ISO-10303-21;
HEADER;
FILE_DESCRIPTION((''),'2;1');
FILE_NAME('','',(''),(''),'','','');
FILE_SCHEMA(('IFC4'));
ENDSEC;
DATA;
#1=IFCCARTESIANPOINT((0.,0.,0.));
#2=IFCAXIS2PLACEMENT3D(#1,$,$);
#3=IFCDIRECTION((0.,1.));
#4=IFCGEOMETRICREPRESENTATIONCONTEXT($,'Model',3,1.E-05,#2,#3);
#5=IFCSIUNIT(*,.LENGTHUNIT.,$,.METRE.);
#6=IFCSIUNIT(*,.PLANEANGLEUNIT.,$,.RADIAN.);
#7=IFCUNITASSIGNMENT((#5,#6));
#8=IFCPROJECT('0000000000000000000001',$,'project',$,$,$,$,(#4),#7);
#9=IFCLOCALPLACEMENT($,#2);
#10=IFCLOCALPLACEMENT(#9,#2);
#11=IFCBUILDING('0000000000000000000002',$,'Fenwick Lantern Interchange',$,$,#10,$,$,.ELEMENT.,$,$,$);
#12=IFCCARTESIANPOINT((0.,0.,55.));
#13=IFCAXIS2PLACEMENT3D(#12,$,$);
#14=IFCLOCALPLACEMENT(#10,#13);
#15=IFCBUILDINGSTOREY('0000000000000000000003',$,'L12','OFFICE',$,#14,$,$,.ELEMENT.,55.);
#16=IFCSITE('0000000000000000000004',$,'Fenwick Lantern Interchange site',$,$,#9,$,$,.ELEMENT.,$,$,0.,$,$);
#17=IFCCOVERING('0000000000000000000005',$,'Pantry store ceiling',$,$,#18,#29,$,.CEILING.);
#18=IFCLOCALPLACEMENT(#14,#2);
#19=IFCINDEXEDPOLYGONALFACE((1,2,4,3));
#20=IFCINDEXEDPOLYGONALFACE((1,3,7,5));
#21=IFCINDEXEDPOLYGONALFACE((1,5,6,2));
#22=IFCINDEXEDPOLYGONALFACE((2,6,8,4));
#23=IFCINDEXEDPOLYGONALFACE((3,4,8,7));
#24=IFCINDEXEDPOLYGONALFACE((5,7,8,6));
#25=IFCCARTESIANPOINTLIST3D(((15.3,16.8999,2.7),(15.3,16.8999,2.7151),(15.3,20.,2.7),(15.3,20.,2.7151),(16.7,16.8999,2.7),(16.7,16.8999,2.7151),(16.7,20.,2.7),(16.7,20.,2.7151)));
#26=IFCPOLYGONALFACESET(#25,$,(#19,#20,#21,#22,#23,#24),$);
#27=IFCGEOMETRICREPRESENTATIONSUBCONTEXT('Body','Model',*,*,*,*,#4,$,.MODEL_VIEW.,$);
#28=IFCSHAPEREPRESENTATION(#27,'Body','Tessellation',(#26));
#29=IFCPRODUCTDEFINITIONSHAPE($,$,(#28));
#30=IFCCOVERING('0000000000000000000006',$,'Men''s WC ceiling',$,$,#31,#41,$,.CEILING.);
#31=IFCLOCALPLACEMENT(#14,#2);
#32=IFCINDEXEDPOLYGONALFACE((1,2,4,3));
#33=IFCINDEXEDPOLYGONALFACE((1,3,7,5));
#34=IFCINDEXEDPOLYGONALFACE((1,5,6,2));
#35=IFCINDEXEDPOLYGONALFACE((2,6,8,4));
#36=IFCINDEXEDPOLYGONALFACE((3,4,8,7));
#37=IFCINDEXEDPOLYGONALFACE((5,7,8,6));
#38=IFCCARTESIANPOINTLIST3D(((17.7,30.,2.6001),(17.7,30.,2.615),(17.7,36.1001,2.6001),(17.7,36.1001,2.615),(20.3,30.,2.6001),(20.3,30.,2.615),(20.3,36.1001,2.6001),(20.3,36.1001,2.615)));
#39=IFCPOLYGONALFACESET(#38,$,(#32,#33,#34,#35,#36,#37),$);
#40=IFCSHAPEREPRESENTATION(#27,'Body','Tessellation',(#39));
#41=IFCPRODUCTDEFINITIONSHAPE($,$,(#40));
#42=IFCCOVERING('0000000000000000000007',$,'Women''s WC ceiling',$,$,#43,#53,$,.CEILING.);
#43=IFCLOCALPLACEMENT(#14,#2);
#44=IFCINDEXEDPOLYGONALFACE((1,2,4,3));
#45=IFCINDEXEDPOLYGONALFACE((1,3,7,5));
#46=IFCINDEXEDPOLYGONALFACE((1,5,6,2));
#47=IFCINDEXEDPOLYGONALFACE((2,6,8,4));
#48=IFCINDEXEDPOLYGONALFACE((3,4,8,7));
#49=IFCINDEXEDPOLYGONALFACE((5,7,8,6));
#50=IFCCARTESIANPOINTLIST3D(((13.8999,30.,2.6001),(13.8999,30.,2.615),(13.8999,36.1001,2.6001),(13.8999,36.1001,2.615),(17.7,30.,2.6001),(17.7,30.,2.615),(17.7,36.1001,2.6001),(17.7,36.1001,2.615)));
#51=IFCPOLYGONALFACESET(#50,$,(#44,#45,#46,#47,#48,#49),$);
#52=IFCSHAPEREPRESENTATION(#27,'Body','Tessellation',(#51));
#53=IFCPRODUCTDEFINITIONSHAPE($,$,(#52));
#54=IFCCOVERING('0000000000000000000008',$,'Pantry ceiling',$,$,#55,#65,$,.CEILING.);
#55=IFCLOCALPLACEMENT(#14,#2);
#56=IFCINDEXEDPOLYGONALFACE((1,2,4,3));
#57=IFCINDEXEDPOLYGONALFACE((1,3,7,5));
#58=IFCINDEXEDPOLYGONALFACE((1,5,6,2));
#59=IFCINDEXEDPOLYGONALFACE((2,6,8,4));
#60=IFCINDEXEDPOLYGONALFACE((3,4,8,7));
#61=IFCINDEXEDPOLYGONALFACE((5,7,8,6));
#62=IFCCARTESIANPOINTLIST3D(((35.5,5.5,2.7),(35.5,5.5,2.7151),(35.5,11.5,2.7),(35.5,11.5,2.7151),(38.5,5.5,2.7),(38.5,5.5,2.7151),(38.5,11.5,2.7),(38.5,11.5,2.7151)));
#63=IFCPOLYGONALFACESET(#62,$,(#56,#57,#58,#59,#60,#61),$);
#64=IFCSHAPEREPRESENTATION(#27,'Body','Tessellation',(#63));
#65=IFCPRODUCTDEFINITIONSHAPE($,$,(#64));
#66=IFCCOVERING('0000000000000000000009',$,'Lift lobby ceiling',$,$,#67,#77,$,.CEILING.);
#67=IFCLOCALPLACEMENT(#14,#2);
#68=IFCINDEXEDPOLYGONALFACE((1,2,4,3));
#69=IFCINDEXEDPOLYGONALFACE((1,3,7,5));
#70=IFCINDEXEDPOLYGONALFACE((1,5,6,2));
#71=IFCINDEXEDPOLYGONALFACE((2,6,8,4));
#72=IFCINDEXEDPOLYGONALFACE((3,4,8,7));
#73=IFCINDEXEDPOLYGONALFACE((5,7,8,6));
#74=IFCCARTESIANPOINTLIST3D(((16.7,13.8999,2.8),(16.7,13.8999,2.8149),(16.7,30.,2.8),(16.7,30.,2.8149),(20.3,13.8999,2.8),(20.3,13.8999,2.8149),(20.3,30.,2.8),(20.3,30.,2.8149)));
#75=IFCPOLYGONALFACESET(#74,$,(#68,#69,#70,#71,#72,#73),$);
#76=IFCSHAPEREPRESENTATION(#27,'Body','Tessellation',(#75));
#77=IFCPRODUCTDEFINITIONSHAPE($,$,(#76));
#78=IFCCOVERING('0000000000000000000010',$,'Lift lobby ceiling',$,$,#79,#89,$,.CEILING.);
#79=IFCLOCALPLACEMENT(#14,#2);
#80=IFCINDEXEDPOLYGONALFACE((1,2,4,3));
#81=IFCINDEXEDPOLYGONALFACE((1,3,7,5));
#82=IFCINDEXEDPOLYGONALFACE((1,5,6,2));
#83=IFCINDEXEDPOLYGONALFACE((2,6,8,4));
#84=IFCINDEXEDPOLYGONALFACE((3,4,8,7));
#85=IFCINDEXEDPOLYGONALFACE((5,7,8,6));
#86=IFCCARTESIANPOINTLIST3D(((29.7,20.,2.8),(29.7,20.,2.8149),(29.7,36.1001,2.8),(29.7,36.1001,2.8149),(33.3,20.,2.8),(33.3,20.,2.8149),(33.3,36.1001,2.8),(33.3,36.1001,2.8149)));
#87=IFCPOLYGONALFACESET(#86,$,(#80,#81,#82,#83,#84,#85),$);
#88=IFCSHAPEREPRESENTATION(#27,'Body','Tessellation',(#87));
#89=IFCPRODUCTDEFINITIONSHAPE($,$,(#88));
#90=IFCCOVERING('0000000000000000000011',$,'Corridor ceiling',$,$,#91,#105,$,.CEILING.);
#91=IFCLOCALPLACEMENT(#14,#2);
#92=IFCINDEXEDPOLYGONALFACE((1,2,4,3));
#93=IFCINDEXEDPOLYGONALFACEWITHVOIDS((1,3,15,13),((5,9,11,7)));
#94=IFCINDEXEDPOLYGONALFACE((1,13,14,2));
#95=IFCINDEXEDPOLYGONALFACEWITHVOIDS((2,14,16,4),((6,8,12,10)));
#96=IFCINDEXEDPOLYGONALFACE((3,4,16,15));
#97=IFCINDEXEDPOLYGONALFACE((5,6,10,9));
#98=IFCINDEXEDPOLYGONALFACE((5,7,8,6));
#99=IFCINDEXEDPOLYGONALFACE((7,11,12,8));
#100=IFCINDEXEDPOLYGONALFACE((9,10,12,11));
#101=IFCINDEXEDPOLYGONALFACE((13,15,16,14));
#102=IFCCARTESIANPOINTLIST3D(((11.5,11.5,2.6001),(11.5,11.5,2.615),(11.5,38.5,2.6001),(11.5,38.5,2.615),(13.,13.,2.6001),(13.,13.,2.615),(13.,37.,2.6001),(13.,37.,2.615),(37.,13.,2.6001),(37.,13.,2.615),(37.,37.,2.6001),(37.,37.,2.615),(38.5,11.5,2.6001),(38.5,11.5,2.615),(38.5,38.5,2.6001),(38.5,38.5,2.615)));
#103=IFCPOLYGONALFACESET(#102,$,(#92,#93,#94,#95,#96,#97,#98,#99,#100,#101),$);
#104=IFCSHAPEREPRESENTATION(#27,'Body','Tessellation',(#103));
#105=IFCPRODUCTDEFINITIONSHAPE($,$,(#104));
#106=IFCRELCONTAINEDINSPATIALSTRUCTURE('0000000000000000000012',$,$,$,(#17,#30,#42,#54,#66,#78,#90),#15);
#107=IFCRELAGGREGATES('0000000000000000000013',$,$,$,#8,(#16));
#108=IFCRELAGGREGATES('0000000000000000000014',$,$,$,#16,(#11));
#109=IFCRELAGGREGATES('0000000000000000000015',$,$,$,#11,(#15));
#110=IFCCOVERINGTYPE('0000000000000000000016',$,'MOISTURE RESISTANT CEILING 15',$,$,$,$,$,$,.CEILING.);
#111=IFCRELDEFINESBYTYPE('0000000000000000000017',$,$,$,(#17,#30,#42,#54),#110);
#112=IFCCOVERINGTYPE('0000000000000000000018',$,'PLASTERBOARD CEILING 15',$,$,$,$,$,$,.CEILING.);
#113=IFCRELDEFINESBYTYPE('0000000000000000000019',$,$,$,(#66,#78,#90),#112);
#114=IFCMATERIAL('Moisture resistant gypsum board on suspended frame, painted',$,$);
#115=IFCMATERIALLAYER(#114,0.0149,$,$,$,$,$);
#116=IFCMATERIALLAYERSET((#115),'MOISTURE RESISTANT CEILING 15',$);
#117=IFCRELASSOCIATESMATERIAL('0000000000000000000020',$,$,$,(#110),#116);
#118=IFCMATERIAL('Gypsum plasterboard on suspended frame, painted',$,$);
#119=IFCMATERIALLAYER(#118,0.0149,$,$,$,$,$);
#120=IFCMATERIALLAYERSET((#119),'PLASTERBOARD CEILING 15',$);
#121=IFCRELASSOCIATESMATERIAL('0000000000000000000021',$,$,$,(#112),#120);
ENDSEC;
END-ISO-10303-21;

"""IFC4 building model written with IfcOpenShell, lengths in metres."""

from ifc_helpers import new_model, si_unit, direction, frame, origin, place, context, subcontext, project, spatial, polyline, outline, extrude, material, layer, layer_set, type_object, element, save


model = new_model("IFC4")

# Units and contexts
model_context = context("Model", 3, precision=1e-05, world=origin(), true_north=direction((0.0, 1.0)))
body_context = subcontext(model_context, "Body", "Model", "MODEL_VIEW")
ifc_project = project(units=[si_unit("LENGTHUNIT", "METRE"), si_unit("PLANEANGLEUNIT", "RADIAN")], contexts=[model_context])

# Site, building, storey
site_placement = place(None, origin())
site = spatial("IfcSite", under=ifc_project, at=site_placement, Name="Fenwick Lantern Interchange site", CompositionType="ELEMENT", RefElevation=0.0)
building_placement = place(site_placement, origin())
building = spatial("IfcBuilding", under=site, at=building_placement, Name="Fenwick Lantern Interchange", CompositionType="ELEMENT")
storey_placement = place(building_placement, frame((0.0, 0.0, 55.0)))
storey = spatial("IfcBuildingStorey", under=building, at=storey_placement, Name="L12", Description="OFFICE", CompositionType="ELEMENT", Elevation=55.0)

# Coverings
ifc_material_1 = material(Name="Moisture resistant gypsum board on suspended frame, painted")
ifc_layer_1 = layer(ifc_material_1, 0.0149)
ifc_layer_set_1 = layer_set([ifc_layer_1], Name="MOISTURE RESISTANT CEILING 15")
covering_type_1 = type_object("IfcCoveringType", Name="MOISTURE RESISTANT CEILING 15", PredefinedType="CEILING", material=ifc_layer_set_1)
covering_1_placement = place(storey_placement, frame((0.0, 0.0, 2.7)))
element("IfcCovering", 1, at=covering_1_placement, inside=storey, type_object=covering_type_1, Name="Pantry store ceiling", PredefinedType="CEILING", context=body_context, shape_type="SweptSolid", body=[
    extrude(outline(polyline([(15.3, 16.8999), (16.7, 16.8999), (16.7, 20.0), (15.3, 20.0), (15.3, 16.8999)])), origin(), (0.0, 0.0, 1.0), 0.0151),
])
covering_2_placement = place(storey_placement, frame((0.0, 0.0, 2.6001)))
element("IfcCovering", 2, at=covering_2_placement, inside=storey, type_object=covering_type_1, Name="Men's WC ceiling", PredefinedType="CEILING", context=body_context, shape_type="SweptSolid", body=[
    extrude(outline(polyline([(20.3, 36.1001), (17.7, 36.1001), (17.7, 30.0), (20.3, 30.0), (20.3, 36.1001)])), origin(), (0.0, 0.0, 1.0), 0.0149),
])
covering_3_placement = place(storey_placement, frame((0.0, 0.0, 2.6001)))
element("IfcCovering", 3, at=covering_3_placement, inside=storey, type_object=covering_type_1, Name="Women's WC ceiling", PredefinedType="CEILING", context=body_context, shape_type="SweptSolid", body=[
    extrude(outline(polyline([(17.7, 36.1001), (13.8999, 36.1001), (13.8999, 30.0), (17.7, 30.0), (17.7, 36.1001)])), origin(), (0.0, 0.0, 1.0), 0.0149),
])
covering_4_placement = place(storey_placement, frame((0.0, 0.0, 2.7)))
element("IfcCovering", 4, at=covering_4_placement, inside=storey, type_object=covering_type_1, Name="Pantry ceiling", PredefinedType="CEILING", context=body_context, shape_type="SweptSolid", body=[
    extrude(outline(polyline([(35.5, 5.5), (38.5, 5.5), (38.5, 11.5), (35.5, 11.5), (35.5, 5.5)])), origin(), (0.0, 0.0, 1.0), 0.0151),
])
ifc_material_2 = material(Name="Gypsum plasterboard on suspended frame, painted")
ifc_layer_2 = layer(ifc_material_2, 0.0149)
ifc_layer_set_2 = layer_set([ifc_layer_2], Name="PLASTERBOARD CEILING 15")
covering_type_2 = type_object("IfcCoveringType", Name="PLASTERBOARD CEILING 15", PredefinedType="CEILING", material=ifc_layer_set_2)
covering_5_placement = place(storey_placement, frame((0.0, 0.0, 2.8)))
element("IfcCovering", 5, at=covering_5_placement, inside=storey, type_object=covering_type_2, Name="Lift lobby ceiling", PredefinedType="CEILING", context=body_context, shape_type="SweptSolid", body=[
    extrude(outline(polyline([(16.7, 13.8999), (20.3, 13.8999), (20.3, 30.0), (16.7, 30.0), (16.7, 13.8999)])), origin(), (0.0, 0.0, 1.0), 0.0149),
])
covering_6_placement = place(storey_placement, frame((0.0, 0.0, 2.8)))
element("IfcCovering", 6, at=covering_6_placement, inside=storey, type_object=covering_type_2, Name="Lift lobby ceiling", PredefinedType="CEILING", context=body_context, shape_type="SweptSolid", body=[
    extrude(outline(polyline([(33.3, 36.1001), (29.7, 36.1001), (29.7, 20.0), (33.3, 20.0), (33.3, 36.1001)])), origin(), (0.0, 0.0, 1.0), 0.0149),
])
covering_7_placement = place(storey_placement, frame((0.0, 0.0, 2.6001)))
element("IfcCovering", 7, at=covering_7_placement, inside=storey, type_object=covering_type_2, Name="Corridor ceiling", PredefinedType="CEILING", context=body_context, shape_type="SweptSolid", body=[
    extrude(outline(polyline([(11.5, 38.5), (11.5, 11.5), (38.5, 11.5), (38.5, 38.5), (11.5, 38.5)]), holes=[polyline([(37.0, 13.0), (13.0, 13.0), (13.0, 37.0), (37.0, 37.0), (37.0, 13.0)])]), origin(), (0.0, 0.0, 1.0), 0.0149),
])

save(model, "model.ifc")
